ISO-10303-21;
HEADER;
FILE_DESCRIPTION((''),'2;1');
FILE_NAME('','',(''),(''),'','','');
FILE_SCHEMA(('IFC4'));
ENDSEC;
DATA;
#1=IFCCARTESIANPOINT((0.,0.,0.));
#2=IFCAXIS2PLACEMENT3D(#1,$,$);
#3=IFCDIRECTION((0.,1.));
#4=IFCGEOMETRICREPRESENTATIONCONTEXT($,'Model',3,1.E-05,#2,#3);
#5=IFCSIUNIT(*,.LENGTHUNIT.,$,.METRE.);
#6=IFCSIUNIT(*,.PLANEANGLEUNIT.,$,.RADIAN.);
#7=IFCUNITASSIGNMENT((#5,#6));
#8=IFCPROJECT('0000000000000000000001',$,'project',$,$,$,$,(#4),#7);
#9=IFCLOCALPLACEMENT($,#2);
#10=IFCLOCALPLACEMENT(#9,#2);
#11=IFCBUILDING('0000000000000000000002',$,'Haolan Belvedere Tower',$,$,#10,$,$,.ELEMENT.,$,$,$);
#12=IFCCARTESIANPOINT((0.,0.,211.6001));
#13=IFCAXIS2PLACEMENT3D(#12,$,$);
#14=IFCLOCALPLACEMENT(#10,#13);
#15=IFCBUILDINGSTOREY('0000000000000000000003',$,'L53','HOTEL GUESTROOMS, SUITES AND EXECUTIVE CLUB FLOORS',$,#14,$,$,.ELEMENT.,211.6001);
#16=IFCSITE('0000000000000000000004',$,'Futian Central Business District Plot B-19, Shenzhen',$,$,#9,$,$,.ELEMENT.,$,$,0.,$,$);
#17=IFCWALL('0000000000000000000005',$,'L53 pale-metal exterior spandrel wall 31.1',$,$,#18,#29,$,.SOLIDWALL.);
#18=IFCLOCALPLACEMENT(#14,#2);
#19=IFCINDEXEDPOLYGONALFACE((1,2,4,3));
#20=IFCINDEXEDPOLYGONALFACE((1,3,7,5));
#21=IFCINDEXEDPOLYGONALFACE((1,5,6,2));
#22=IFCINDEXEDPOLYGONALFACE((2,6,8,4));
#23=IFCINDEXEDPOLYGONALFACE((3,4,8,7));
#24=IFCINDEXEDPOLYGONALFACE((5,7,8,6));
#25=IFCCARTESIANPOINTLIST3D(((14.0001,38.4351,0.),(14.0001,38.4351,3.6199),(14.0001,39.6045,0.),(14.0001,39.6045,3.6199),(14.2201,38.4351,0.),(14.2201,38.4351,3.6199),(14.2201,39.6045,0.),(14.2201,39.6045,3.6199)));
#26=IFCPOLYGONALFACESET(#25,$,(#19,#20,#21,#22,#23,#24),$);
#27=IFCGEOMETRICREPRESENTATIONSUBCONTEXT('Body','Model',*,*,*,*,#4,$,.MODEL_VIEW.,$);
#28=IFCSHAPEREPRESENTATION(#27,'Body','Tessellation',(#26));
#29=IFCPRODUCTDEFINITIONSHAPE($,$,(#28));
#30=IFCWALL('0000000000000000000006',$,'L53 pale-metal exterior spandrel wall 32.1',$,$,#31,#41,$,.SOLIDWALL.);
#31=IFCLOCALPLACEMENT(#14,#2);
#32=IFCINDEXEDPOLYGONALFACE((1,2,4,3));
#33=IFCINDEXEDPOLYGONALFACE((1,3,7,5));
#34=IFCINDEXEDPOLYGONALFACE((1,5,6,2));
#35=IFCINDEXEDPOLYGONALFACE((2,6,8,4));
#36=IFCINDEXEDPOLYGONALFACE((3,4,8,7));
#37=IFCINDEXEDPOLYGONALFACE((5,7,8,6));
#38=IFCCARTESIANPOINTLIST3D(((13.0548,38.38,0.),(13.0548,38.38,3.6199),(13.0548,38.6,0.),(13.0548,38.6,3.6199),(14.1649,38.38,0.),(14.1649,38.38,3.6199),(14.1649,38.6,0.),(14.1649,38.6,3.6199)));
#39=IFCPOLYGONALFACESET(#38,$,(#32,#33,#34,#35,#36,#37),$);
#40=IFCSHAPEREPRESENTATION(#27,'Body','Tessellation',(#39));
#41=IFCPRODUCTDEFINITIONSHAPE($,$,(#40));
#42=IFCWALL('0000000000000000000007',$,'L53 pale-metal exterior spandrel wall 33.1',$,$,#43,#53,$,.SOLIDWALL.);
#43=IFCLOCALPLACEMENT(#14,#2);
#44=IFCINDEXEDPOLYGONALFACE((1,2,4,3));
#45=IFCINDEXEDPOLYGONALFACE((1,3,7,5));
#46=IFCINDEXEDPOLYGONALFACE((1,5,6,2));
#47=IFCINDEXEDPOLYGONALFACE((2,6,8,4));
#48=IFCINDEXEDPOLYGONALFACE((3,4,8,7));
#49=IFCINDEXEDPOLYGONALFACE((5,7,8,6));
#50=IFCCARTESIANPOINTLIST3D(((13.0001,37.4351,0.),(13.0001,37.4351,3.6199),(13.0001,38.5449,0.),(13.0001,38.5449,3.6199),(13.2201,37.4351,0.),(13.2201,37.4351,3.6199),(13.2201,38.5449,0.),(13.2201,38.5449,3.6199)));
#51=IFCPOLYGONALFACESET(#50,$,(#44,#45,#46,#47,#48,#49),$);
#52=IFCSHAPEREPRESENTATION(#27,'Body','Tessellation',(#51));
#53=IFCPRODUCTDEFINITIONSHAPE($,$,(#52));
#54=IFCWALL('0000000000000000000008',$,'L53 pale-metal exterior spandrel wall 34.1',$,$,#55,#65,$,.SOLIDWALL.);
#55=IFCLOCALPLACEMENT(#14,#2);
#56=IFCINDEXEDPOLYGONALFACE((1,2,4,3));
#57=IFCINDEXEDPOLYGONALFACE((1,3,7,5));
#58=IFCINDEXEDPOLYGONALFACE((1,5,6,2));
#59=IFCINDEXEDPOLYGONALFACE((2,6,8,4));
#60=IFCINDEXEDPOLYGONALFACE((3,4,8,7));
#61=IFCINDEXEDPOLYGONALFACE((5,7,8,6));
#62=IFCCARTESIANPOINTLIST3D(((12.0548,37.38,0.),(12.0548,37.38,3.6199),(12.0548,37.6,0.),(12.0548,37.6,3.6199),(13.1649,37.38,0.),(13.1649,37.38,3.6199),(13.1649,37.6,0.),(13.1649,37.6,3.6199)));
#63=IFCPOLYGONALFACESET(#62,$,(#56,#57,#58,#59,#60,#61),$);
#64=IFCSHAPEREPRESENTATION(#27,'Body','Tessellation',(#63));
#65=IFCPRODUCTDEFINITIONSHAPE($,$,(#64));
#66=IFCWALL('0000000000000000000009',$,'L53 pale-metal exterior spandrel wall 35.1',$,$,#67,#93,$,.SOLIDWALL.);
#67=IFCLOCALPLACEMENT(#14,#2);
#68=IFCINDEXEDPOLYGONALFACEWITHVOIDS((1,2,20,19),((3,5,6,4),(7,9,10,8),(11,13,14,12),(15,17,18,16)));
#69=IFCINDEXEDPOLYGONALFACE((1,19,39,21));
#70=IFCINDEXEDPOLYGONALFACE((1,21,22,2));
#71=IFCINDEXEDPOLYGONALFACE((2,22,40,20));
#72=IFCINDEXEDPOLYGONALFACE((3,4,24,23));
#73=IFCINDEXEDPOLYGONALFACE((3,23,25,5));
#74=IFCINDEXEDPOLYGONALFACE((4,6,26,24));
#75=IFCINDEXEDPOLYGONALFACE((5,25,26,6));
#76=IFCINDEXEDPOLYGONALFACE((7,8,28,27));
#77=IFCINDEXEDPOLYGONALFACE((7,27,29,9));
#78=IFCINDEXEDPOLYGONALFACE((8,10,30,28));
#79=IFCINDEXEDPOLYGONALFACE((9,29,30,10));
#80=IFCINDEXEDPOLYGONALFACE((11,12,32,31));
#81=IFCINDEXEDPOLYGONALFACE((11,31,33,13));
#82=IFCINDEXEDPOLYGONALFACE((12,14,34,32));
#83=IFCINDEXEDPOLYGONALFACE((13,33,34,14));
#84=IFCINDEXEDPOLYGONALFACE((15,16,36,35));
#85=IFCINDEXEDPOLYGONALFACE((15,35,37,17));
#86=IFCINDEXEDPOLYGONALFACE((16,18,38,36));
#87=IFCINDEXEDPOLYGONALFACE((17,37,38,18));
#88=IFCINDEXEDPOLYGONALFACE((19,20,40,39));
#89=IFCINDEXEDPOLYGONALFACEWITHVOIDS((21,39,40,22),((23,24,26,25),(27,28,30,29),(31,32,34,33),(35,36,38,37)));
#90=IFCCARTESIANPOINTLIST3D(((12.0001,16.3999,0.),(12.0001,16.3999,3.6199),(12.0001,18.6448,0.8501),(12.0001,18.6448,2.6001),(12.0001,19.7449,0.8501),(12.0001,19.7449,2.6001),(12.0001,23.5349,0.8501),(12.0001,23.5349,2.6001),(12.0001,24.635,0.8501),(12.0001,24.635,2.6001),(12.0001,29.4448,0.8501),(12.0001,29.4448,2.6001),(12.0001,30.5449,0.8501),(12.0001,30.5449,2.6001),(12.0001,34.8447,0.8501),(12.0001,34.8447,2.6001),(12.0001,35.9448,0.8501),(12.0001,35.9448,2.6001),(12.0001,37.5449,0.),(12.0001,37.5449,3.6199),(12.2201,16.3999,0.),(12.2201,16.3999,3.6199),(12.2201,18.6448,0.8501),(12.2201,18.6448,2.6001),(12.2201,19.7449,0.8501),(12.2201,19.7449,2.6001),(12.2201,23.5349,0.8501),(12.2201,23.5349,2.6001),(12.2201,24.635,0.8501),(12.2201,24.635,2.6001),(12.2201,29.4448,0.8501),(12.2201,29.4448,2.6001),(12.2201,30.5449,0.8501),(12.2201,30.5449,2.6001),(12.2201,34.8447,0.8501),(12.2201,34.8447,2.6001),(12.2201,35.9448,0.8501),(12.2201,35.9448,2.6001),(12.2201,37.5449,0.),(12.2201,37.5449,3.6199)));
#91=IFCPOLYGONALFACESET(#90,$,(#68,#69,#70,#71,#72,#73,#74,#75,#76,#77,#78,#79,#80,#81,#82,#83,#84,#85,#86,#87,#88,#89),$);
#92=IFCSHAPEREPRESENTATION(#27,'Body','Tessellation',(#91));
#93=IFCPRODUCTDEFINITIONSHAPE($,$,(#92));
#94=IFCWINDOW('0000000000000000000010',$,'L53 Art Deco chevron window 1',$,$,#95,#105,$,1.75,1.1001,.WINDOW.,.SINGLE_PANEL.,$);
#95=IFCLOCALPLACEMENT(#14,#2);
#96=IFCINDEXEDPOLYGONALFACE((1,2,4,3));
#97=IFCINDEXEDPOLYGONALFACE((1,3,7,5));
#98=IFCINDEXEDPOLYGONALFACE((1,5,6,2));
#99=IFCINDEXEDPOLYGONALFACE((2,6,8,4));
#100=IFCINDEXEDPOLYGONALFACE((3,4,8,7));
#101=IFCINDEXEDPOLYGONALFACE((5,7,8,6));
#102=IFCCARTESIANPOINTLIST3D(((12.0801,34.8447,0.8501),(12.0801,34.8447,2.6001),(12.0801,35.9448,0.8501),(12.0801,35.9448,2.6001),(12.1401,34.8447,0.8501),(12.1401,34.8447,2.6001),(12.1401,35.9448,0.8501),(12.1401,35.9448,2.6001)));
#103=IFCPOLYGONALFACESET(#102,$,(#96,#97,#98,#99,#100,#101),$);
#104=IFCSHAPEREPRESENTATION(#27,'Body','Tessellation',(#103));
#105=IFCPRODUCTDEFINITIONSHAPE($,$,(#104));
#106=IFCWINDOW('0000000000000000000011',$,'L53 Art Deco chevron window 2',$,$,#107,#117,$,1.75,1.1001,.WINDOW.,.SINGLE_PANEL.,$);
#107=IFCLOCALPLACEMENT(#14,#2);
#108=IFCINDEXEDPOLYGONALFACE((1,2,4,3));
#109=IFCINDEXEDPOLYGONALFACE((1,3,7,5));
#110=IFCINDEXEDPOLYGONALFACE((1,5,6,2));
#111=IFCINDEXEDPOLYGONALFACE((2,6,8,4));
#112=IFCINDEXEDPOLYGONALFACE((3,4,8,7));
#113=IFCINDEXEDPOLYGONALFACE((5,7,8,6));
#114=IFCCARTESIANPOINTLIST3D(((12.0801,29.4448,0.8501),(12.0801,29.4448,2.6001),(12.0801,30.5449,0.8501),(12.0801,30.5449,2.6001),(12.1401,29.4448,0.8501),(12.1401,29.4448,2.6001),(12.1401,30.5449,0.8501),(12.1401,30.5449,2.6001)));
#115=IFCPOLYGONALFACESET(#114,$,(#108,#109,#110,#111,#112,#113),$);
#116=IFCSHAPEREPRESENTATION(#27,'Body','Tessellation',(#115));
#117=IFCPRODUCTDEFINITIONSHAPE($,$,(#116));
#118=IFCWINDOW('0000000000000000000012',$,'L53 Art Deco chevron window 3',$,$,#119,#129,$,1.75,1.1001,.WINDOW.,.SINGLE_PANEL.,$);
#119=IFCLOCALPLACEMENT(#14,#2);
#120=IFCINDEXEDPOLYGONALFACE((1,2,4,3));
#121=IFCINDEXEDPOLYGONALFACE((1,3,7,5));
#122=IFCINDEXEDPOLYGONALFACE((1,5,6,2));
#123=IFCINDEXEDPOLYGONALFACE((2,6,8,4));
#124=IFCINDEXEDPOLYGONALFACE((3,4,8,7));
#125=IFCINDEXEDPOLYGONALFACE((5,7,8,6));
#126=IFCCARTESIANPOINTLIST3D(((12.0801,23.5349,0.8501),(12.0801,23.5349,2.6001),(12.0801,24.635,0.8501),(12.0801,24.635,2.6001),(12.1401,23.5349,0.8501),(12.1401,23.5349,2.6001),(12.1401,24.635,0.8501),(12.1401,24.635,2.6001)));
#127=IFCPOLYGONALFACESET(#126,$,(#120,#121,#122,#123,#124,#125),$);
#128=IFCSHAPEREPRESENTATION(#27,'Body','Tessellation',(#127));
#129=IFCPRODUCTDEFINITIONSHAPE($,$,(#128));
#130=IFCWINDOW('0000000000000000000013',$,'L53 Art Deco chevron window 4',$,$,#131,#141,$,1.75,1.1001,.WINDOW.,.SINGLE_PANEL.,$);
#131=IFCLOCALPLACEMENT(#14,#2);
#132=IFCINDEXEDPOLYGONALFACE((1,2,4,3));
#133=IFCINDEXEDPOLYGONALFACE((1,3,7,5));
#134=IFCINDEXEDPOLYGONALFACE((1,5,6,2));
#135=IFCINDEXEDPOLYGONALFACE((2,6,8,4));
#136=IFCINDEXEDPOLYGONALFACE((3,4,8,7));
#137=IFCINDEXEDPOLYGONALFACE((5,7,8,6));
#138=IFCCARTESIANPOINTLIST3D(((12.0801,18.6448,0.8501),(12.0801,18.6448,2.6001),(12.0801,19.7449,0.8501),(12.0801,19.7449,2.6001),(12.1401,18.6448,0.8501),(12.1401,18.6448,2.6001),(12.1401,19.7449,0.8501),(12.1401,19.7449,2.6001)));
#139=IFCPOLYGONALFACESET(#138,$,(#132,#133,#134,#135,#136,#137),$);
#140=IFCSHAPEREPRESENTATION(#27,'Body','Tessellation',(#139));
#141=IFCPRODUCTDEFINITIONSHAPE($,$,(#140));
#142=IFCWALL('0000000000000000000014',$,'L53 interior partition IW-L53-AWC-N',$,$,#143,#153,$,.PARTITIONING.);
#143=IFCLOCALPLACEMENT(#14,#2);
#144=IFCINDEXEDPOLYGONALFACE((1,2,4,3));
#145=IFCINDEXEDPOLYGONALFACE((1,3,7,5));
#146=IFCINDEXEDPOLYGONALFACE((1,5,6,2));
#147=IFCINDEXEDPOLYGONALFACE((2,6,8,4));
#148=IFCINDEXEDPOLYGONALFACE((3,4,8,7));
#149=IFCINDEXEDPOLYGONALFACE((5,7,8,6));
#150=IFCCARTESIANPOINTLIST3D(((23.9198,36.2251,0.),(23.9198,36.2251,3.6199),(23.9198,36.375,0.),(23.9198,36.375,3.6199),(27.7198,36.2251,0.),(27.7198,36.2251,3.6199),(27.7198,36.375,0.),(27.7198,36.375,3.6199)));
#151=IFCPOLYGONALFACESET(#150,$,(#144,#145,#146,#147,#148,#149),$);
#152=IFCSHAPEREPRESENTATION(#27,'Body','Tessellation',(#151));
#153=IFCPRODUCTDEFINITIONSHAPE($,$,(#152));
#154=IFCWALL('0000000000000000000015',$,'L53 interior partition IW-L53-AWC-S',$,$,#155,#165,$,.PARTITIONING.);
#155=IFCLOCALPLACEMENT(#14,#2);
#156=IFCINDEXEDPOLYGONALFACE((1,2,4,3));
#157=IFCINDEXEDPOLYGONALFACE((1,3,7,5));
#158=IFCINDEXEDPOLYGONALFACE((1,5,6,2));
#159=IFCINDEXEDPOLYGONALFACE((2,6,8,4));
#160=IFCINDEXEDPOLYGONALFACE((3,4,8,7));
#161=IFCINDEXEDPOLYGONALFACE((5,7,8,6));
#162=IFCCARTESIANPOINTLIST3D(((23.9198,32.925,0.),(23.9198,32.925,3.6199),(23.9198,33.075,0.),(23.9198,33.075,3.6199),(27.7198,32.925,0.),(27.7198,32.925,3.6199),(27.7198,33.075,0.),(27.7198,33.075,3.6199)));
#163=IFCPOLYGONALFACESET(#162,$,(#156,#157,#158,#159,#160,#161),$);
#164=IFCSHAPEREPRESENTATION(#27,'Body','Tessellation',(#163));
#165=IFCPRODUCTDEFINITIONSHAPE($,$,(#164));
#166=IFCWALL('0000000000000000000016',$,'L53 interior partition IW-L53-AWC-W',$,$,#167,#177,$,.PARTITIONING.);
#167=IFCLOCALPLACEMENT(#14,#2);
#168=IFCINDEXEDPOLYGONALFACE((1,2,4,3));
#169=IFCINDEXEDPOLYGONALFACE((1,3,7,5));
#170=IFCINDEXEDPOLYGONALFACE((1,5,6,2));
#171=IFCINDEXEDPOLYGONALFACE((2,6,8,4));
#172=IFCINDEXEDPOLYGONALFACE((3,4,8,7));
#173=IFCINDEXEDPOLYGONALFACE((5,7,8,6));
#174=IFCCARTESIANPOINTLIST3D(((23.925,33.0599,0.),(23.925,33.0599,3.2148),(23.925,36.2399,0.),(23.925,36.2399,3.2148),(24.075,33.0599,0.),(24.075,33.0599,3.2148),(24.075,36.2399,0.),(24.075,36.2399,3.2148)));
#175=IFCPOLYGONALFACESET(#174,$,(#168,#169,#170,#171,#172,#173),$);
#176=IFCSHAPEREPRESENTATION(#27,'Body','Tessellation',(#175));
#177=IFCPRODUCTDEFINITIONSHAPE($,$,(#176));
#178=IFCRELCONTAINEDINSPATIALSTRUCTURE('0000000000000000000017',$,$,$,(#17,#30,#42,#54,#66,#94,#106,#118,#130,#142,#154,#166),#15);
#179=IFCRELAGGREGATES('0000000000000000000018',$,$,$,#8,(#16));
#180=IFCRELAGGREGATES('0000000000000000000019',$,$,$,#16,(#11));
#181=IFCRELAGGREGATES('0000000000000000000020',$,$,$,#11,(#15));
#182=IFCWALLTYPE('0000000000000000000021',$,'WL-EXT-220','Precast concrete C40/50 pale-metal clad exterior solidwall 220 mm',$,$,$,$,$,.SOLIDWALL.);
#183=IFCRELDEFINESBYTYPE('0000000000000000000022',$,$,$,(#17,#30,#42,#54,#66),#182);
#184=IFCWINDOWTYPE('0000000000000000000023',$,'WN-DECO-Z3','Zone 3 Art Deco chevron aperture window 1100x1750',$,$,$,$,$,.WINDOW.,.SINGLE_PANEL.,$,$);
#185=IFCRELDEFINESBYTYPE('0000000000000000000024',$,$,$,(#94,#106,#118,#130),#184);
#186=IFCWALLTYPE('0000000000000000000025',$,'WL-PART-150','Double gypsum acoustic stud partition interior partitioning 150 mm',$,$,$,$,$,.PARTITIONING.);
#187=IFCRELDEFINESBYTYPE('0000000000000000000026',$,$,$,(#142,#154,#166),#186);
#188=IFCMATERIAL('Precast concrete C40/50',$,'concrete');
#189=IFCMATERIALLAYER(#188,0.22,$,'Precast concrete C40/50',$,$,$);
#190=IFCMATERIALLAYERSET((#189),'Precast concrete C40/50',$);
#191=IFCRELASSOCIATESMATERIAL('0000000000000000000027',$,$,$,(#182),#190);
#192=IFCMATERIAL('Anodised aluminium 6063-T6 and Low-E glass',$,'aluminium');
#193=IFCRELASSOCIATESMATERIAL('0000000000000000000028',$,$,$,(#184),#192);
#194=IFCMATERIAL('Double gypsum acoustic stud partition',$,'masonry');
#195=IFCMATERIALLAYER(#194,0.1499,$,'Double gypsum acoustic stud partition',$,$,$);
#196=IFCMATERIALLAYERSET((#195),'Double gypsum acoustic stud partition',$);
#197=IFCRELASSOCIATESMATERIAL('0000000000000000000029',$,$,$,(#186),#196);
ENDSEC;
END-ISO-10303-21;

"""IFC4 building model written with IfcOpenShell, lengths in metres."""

from ifc_helpers import new_model, si_unit, direction, frame, frame_2d, origin, place, context, subcontext, project, spatial, rectangle, extrude, material, layer, layer_set, type_object, element, fill, save


model = new_model("IFC4")

# Units and contexts
model_context = context("Model", 3, precision=1e-05, world=origin(), true_north=direction((0.0, 1.0)))
body_context = subcontext(model_context, "Body", "Model", "MODEL_VIEW")
ifc_project = project(units=[si_unit("LENGTHUNIT", "METRE"), si_unit("PLANEANGLEUNIT", "RADIAN")], contexts=[model_context])

# Site, building, storey
site_placement = place(None, origin())
site = spatial("IfcSite", under=ifc_project, at=site_placement, Name="Futian Central Business District Plot B-19, Shenzhen", CompositionType="ELEMENT", RefElevation=0.0)
building_placement = place(site_placement, origin())
building = spatial("IfcBuilding", under=site, at=building_placement, Name="Haolan Belvedere Tower", CompositionType="ELEMENT")
storey_placement = place(building_placement, frame((0.0, 0.0, 211.6001)))
storey = spatial("IfcBuildingStorey", under=building, at=storey_placement, Name="L53", Description="HOTEL GUESTROOMS, SUITES AND EXECUTIVE CLUB FLOORS", CompositionType="ELEMENT", Elevation=211.6001)

# Shared definitions
ifc_material_1 = material(Name="Precast concrete C40/50", Category="concrete")
ifc_layer_1 = layer(ifc_material_1, 0.22, Name="Precast concrete C40/50")
ifc_layer_set_1 = layer_set([ifc_layer_1], Name="Precast concrete C40/50")
wall_type_1 = type_object("IfcWallType", Name="WL-EXT-220", Description="Precast concrete C40/50 pale-metal clad exterior solidwall 220 mm", PredefinedType="SOLIDWALL", material=ifc_layer_set_1)

# Shared definitions
ifc_material_2 = material(Name="Anodised aluminium 6063-T6 and Low-E glass", Category="aluminium")
window_type = type_object("IfcWindowType", Name="WN-DECO-Z3", Description="Zone 3 Art Deco chevron aperture window 1100x1750", PartitioningType="SINGLE_PANEL", PredefinedType="WINDOW", material=ifc_material_2)

# Walls
wall_1_placement = place(storey_placement, frame((14.1101, 39.6045, 0.0), z_axis=(0.0, 0.0, 1.0), x_axis=(0.0, -1.0, 0.0)))
element("IfcWall", 1, at=wall_1_placement, inside=storey, type_object=wall_type_1, Name="L53 pale-metal exterior spandrel wall 31.1", PredefinedType="SOLIDWALL", context=body_context, shape_type="SweptSolid", body=[
    extrude(rectangle(XDim=1.1694, YDim=0.22, at=frame_2d((0.5847, 0.0))), origin(), (0.0, 0.0, 1.0), 3.6199),
])
wall_2_placement = place(storey_placement, frame((14.165, 38.49, 0.0), z_axis=(0.0, 0.0, 1.0), x_axis=(-1.0, 0.0, 0.0)))
element("IfcWall", 2, at=wall_2_placement, inside=storey, type_object=wall_type_1, Name="L53 pale-metal exterior spandrel wall 32.1", PredefinedType="SOLIDWALL", context=body_context, shape_type="SweptSolid", body=[
    extrude(rectangle(XDim=1.1101, YDim=0.22, at=frame_2d((0.5552, 0.0))), origin(), (0.0, 0.0, 1.0), 3.6199),
])
wall_3_placement = place(storey_placement, frame((13.1101, 38.5449, 0.0), z_axis=(0.0, 0.0, 1.0), x_axis=(0.0, -1.0, 0.0)))
element("IfcWall", 3, at=wall_3_placement, inside=storey, type_object=wall_type_1, Name="L53 pale-metal exterior spandrel wall 33.1", PredefinedType="SOLIDWALL", context=body_context, shape_type="SweptSolid", body=[
    extrude(rectangle(XDim=1.1099, YDim=0.22, at=frame_2d((0.5549, 0.0))), origin(), (0.0, 0.0, 1.0), 3.6199),
])
wall_4_placement = place(storey_placement, frame((13.165, 37.49, 0.0), z_axis=(0.0, 0.0, 1.0), x_axis=(-1.0, 0.0, 0.0)))
element("IfcWall", 4, at=wall_4_placement, inside=storey, type_object=wall_type_1, Name="L53 pale-metal exterior spandrel wall 34.1", PredefinedType="SOLIDWALL", context=body_context, shape_type="SweptSolid", body=[
    extrude(rectangle(XDim=1.1101, YDim=0.22, at=frame_2d((0.5552, 0.0))), origin(), (0.0, 0.0, 1.0), 3.6199),
])

# Wall, openings, windows
wall_5_placement = place(storey_placement, frame((12.1101, 37.5449, 0.0), z_axis=(0.0, 0.0, 1.0), x_axis=(0.0, -1.0, 0.0)))
wall_5 = element("IfcWall", 5, at=wall_5_placement, inside=storey, type_object=wall_type_1, Name="L53 pale-metal exterior spandrel wall 35.1", PredefinedType="SOLIDWALL", context=body_context, shape_type="SweptSolid", body=[
    extrude(rectangle(XDim=21.145, YDim=0.22, at=frame_2d((10.5725, 0.0))), origin(), (0.0, 0.0, 1.0), 3.6199),
])
opening_1_placement = place(wall_5_placement, frame((1.6001, 0.0, 0.8501)))
opening_1 = element("IfcOpeningElement", 6, at=opening_1_placement, cuts=wall_5, PredefinedType="OPENING", context=body_context, shape_type="SweptSolid", body=[
    extrude(rectangle(XDim=1.1001, YDim=1.75, at=frame_2d((0.55, 0.875))), frame((0.0, 0.1199, 0.0), z_axis=(0.0, -1.0, 0.0), x_axis=(1.0, 0.0, 0.0)), (0.0, 0.0, 1.0), 0.24),
])
opening_2_placement = place(wall_5_placement, frame((7.0, 0.0, 0.8501)))
opening_2 = element("IfcOpeningElement", 7, at=opening_2_placement, cuts=wall_5, PredefinedType="OPENING", context=body_context, shape_type="SweptSolid", body=[
    extrude(rectangle(XDim=1.1001, YDim=1.75, at=frame_2d((0.55, 0.875))), frame((0.0, 0.1199, 0.0), z_axis=(0.0, -1.0, 0.0), x_axis=(1.0, 0.0, 0.0)), (0.0, 0.0, 1.0), 0.24),
])
opening_3_placement = place(wall_5_placement, frame((12.9099, 0.0, 0.8501)))
opening_3 = element("IfcOpeningElement", 8, at=opening_3_placement, cuts=wall_5, PredefinedType="OPENING", context=body_context, shape_type="SweptSolid", body=[
    extrude(rectangle(XDim=1.1001, YDim=1.75, at=frame_2d((0.55, 0.875))), frame((0.0, 0.1199, 0.0), z_axis=(0.0, -1.0, 0.0), x_axis=(1.0, 0.0, 0.0)), (0.0, 0.0, 1.0), 0.24),
])
opening_4_placement = place(wall_5_placement, frame((17.8, 0.0, 0.8501)))
opening_4 = element("IfcOpeningElement", 9, at=opening_4_placement, cuts=wall_5, PredefinedType="OPENING", context=body_context, shape_type="SweptSolid", body=[
    extrude(rectangle(XDim=1.1001, YDim=1.75, at=frame_2d((0.55, 0.875))), frame((0.0, 0.1199, 0.0), z_axis=(0.0, -1.0, 0.0), x_axis=(1.0, 0.0, 0.0)), (0.0, 0.0, 1.0), 0.24),
])
window_1_placement = place(opening_1_placement, origin())
window_1 = element("IfcWindow", 10, at=window_1_placement, inside=storey, type_object=window_type, Name="L53 Art Deco chevron window 1", OverallHeight=1.75, OverallWidth=1.1001, PartitioningType="SINGLE_PANEL", PredefinedType="WINDOW", context=body_context, shape_type="SweptSolid", body=[
    extrude(rectangle(XDim=1.1001, YDim=1.75, at=frame_2d((0.55, 0.875))), frame((0.0, 0.03, 0.0), z_axis=(0.0, -1.0, 0.0), x_axis=(1.0, 0.0, 0.0)), (0.0, 0.0, 1.0), 0.0601),
])
fill(opening_1, window_1)
window_2_placement = place(opening_2_placement, origin())
window_2 = element("IfcWindow", 11, at=window_2_placement, inside=storey, type_object=window_type, Name="L53 Art Deco chevron window 2", OverallHeight=1.75, OverallWidth=1.1001, PartitioningType="SINGLE_PANEL", PredefinedType="WINDOW", context=body_context, shape_type="SweptSolid", body=[
    extrude(rectangle(XDim=1.1001, YDim=1.75, at=frame_2d((0.55, 0.875))), frame((0.0, 0.03, 0.0), z_axis=(0.0, -1.0, 0.0), x_axis=(1.0, 0.0, 0.0)), (0.0, 0.0, 1.0), 0.0601),
])
fill(opening_2, window_2)
window_3_placement = place(opening_3_placement, origin())
window_3 = element("IfcWindow", 12, at=window_3_placement, inside=storey, type_object=window_type, Name="L53 Art Deco chevron window 3", OverallHeight=1.75, OverallWidth=1.1001, PartitioningType="SINGLE_PANEL", PredefinedType="WINDOW", context=body_context, shape_type="SweptSolid", body=[
    extrude(rectangle(XDim=1.1001, YDim=1.75, at=frame_2d((0.55, 0.875))), frame((0.0, 0.03, 0.0), z_axis=(0.0, -1.0, 0.0), x_axis=(1.0, 0.0, 0.0)), (0.0, 0.0, 1.0), 0.0601),
])
fill(opening_3, window_3)
window_4_placement = place(opening_4_placement, origin())
window_4 = element("IfcWindow", 13, at=window_4_placement, inside=storey, type_object=window_type, Name="L53 Art Deco chevron window 4", OverallHeight=1.75, OverallWidth=1.1001, PartitioningType="SINGLE_PANEL", PredefinedType="WINDOW", context=body_context, shape_type="SweptSolid", body=[
    extrude(rectangle(XDim=1.1001, YDim=1.75, at=frame_2d((0.55, 0.875))), frame((0.0, 0.03, 0.0), z_axis=(0.0, -1.0, 0.0), x_axis=(1.0, 0.0, 0.0)), (0.0, 0.0, 1.0), 0.0601),
])
fill(opening_4, window_4)

# Walls
ifc_material_3 = material(Name="Double gypsum acoustic stud partition", Category="masonry")
ifc_layer_2 = layer(ifc_material_3, 0.1499, Name="Double gypsum acoustic stud partition")
ifc_layer_set_2 = layer_set([ifc_layer_2], Name="Double gypsum acoustic stud partition")
wall_type_2 = type_object("IfcWallType", Name="WL-PART-150", Description="Double gypsum acoustic stud partition interior partitioning 150 mm", PredefinedType="PARTITIONING", material=ifc_layer_set_2)
for number, where, z_axis, x_axis, name in (
    (14, (23.9199, 36.3, 0.0), (0.0, 0.0, 1.0), (1.0, 0.0, 0.0), "L53 interior partition IW-L53-AWC-N"),
    (15, (23.9199, 33.0, 0.0), (0.0, 0.0, 1.0), (1.0, 0.0, 0.0), "L53 interior partition IW-L53-AWC-S"),
):
    element("IfcWall", number, at=place(storey_placement, frame(where, z_axis=z_axis, x_axis=x_axis)), inside=storey, type_object=wall_type_2, Name=name, PredefinedType="PARTITIONING", context=body_context, shape_type="SweptSolid", body=[
        extrude(rectangle(XDim=3.8, YDim=0.1499, at=frame_2d((1.8999, 0.0))), origin(), (0.0, 0.0, 1.0), 3.6199),
    ])
wall_6_placement = place(storey_placement, frame((24.0, 33.0601, 0.0), z_axis=(0.0, 0.0, 1.0), x_axis=(0.0, 1.0, 0.0)))
element("IfcWall", 16, at=wall_6_placement, inside=storey, type_object=wall_type_2, Name="L53 interior partition IW-L53-AWC-W", PredefinedType="PARTITIONING", context=body_context, shape_type="SweptSolid", body=[
    extrude(rectangle(XDim=3.1799, YDim=0.1499, at=frame_2d((1.5898, 0.0))), origin(), (0.0, 0.0, 1.0), 3.2148),
])

save(model, "model.ifc")
